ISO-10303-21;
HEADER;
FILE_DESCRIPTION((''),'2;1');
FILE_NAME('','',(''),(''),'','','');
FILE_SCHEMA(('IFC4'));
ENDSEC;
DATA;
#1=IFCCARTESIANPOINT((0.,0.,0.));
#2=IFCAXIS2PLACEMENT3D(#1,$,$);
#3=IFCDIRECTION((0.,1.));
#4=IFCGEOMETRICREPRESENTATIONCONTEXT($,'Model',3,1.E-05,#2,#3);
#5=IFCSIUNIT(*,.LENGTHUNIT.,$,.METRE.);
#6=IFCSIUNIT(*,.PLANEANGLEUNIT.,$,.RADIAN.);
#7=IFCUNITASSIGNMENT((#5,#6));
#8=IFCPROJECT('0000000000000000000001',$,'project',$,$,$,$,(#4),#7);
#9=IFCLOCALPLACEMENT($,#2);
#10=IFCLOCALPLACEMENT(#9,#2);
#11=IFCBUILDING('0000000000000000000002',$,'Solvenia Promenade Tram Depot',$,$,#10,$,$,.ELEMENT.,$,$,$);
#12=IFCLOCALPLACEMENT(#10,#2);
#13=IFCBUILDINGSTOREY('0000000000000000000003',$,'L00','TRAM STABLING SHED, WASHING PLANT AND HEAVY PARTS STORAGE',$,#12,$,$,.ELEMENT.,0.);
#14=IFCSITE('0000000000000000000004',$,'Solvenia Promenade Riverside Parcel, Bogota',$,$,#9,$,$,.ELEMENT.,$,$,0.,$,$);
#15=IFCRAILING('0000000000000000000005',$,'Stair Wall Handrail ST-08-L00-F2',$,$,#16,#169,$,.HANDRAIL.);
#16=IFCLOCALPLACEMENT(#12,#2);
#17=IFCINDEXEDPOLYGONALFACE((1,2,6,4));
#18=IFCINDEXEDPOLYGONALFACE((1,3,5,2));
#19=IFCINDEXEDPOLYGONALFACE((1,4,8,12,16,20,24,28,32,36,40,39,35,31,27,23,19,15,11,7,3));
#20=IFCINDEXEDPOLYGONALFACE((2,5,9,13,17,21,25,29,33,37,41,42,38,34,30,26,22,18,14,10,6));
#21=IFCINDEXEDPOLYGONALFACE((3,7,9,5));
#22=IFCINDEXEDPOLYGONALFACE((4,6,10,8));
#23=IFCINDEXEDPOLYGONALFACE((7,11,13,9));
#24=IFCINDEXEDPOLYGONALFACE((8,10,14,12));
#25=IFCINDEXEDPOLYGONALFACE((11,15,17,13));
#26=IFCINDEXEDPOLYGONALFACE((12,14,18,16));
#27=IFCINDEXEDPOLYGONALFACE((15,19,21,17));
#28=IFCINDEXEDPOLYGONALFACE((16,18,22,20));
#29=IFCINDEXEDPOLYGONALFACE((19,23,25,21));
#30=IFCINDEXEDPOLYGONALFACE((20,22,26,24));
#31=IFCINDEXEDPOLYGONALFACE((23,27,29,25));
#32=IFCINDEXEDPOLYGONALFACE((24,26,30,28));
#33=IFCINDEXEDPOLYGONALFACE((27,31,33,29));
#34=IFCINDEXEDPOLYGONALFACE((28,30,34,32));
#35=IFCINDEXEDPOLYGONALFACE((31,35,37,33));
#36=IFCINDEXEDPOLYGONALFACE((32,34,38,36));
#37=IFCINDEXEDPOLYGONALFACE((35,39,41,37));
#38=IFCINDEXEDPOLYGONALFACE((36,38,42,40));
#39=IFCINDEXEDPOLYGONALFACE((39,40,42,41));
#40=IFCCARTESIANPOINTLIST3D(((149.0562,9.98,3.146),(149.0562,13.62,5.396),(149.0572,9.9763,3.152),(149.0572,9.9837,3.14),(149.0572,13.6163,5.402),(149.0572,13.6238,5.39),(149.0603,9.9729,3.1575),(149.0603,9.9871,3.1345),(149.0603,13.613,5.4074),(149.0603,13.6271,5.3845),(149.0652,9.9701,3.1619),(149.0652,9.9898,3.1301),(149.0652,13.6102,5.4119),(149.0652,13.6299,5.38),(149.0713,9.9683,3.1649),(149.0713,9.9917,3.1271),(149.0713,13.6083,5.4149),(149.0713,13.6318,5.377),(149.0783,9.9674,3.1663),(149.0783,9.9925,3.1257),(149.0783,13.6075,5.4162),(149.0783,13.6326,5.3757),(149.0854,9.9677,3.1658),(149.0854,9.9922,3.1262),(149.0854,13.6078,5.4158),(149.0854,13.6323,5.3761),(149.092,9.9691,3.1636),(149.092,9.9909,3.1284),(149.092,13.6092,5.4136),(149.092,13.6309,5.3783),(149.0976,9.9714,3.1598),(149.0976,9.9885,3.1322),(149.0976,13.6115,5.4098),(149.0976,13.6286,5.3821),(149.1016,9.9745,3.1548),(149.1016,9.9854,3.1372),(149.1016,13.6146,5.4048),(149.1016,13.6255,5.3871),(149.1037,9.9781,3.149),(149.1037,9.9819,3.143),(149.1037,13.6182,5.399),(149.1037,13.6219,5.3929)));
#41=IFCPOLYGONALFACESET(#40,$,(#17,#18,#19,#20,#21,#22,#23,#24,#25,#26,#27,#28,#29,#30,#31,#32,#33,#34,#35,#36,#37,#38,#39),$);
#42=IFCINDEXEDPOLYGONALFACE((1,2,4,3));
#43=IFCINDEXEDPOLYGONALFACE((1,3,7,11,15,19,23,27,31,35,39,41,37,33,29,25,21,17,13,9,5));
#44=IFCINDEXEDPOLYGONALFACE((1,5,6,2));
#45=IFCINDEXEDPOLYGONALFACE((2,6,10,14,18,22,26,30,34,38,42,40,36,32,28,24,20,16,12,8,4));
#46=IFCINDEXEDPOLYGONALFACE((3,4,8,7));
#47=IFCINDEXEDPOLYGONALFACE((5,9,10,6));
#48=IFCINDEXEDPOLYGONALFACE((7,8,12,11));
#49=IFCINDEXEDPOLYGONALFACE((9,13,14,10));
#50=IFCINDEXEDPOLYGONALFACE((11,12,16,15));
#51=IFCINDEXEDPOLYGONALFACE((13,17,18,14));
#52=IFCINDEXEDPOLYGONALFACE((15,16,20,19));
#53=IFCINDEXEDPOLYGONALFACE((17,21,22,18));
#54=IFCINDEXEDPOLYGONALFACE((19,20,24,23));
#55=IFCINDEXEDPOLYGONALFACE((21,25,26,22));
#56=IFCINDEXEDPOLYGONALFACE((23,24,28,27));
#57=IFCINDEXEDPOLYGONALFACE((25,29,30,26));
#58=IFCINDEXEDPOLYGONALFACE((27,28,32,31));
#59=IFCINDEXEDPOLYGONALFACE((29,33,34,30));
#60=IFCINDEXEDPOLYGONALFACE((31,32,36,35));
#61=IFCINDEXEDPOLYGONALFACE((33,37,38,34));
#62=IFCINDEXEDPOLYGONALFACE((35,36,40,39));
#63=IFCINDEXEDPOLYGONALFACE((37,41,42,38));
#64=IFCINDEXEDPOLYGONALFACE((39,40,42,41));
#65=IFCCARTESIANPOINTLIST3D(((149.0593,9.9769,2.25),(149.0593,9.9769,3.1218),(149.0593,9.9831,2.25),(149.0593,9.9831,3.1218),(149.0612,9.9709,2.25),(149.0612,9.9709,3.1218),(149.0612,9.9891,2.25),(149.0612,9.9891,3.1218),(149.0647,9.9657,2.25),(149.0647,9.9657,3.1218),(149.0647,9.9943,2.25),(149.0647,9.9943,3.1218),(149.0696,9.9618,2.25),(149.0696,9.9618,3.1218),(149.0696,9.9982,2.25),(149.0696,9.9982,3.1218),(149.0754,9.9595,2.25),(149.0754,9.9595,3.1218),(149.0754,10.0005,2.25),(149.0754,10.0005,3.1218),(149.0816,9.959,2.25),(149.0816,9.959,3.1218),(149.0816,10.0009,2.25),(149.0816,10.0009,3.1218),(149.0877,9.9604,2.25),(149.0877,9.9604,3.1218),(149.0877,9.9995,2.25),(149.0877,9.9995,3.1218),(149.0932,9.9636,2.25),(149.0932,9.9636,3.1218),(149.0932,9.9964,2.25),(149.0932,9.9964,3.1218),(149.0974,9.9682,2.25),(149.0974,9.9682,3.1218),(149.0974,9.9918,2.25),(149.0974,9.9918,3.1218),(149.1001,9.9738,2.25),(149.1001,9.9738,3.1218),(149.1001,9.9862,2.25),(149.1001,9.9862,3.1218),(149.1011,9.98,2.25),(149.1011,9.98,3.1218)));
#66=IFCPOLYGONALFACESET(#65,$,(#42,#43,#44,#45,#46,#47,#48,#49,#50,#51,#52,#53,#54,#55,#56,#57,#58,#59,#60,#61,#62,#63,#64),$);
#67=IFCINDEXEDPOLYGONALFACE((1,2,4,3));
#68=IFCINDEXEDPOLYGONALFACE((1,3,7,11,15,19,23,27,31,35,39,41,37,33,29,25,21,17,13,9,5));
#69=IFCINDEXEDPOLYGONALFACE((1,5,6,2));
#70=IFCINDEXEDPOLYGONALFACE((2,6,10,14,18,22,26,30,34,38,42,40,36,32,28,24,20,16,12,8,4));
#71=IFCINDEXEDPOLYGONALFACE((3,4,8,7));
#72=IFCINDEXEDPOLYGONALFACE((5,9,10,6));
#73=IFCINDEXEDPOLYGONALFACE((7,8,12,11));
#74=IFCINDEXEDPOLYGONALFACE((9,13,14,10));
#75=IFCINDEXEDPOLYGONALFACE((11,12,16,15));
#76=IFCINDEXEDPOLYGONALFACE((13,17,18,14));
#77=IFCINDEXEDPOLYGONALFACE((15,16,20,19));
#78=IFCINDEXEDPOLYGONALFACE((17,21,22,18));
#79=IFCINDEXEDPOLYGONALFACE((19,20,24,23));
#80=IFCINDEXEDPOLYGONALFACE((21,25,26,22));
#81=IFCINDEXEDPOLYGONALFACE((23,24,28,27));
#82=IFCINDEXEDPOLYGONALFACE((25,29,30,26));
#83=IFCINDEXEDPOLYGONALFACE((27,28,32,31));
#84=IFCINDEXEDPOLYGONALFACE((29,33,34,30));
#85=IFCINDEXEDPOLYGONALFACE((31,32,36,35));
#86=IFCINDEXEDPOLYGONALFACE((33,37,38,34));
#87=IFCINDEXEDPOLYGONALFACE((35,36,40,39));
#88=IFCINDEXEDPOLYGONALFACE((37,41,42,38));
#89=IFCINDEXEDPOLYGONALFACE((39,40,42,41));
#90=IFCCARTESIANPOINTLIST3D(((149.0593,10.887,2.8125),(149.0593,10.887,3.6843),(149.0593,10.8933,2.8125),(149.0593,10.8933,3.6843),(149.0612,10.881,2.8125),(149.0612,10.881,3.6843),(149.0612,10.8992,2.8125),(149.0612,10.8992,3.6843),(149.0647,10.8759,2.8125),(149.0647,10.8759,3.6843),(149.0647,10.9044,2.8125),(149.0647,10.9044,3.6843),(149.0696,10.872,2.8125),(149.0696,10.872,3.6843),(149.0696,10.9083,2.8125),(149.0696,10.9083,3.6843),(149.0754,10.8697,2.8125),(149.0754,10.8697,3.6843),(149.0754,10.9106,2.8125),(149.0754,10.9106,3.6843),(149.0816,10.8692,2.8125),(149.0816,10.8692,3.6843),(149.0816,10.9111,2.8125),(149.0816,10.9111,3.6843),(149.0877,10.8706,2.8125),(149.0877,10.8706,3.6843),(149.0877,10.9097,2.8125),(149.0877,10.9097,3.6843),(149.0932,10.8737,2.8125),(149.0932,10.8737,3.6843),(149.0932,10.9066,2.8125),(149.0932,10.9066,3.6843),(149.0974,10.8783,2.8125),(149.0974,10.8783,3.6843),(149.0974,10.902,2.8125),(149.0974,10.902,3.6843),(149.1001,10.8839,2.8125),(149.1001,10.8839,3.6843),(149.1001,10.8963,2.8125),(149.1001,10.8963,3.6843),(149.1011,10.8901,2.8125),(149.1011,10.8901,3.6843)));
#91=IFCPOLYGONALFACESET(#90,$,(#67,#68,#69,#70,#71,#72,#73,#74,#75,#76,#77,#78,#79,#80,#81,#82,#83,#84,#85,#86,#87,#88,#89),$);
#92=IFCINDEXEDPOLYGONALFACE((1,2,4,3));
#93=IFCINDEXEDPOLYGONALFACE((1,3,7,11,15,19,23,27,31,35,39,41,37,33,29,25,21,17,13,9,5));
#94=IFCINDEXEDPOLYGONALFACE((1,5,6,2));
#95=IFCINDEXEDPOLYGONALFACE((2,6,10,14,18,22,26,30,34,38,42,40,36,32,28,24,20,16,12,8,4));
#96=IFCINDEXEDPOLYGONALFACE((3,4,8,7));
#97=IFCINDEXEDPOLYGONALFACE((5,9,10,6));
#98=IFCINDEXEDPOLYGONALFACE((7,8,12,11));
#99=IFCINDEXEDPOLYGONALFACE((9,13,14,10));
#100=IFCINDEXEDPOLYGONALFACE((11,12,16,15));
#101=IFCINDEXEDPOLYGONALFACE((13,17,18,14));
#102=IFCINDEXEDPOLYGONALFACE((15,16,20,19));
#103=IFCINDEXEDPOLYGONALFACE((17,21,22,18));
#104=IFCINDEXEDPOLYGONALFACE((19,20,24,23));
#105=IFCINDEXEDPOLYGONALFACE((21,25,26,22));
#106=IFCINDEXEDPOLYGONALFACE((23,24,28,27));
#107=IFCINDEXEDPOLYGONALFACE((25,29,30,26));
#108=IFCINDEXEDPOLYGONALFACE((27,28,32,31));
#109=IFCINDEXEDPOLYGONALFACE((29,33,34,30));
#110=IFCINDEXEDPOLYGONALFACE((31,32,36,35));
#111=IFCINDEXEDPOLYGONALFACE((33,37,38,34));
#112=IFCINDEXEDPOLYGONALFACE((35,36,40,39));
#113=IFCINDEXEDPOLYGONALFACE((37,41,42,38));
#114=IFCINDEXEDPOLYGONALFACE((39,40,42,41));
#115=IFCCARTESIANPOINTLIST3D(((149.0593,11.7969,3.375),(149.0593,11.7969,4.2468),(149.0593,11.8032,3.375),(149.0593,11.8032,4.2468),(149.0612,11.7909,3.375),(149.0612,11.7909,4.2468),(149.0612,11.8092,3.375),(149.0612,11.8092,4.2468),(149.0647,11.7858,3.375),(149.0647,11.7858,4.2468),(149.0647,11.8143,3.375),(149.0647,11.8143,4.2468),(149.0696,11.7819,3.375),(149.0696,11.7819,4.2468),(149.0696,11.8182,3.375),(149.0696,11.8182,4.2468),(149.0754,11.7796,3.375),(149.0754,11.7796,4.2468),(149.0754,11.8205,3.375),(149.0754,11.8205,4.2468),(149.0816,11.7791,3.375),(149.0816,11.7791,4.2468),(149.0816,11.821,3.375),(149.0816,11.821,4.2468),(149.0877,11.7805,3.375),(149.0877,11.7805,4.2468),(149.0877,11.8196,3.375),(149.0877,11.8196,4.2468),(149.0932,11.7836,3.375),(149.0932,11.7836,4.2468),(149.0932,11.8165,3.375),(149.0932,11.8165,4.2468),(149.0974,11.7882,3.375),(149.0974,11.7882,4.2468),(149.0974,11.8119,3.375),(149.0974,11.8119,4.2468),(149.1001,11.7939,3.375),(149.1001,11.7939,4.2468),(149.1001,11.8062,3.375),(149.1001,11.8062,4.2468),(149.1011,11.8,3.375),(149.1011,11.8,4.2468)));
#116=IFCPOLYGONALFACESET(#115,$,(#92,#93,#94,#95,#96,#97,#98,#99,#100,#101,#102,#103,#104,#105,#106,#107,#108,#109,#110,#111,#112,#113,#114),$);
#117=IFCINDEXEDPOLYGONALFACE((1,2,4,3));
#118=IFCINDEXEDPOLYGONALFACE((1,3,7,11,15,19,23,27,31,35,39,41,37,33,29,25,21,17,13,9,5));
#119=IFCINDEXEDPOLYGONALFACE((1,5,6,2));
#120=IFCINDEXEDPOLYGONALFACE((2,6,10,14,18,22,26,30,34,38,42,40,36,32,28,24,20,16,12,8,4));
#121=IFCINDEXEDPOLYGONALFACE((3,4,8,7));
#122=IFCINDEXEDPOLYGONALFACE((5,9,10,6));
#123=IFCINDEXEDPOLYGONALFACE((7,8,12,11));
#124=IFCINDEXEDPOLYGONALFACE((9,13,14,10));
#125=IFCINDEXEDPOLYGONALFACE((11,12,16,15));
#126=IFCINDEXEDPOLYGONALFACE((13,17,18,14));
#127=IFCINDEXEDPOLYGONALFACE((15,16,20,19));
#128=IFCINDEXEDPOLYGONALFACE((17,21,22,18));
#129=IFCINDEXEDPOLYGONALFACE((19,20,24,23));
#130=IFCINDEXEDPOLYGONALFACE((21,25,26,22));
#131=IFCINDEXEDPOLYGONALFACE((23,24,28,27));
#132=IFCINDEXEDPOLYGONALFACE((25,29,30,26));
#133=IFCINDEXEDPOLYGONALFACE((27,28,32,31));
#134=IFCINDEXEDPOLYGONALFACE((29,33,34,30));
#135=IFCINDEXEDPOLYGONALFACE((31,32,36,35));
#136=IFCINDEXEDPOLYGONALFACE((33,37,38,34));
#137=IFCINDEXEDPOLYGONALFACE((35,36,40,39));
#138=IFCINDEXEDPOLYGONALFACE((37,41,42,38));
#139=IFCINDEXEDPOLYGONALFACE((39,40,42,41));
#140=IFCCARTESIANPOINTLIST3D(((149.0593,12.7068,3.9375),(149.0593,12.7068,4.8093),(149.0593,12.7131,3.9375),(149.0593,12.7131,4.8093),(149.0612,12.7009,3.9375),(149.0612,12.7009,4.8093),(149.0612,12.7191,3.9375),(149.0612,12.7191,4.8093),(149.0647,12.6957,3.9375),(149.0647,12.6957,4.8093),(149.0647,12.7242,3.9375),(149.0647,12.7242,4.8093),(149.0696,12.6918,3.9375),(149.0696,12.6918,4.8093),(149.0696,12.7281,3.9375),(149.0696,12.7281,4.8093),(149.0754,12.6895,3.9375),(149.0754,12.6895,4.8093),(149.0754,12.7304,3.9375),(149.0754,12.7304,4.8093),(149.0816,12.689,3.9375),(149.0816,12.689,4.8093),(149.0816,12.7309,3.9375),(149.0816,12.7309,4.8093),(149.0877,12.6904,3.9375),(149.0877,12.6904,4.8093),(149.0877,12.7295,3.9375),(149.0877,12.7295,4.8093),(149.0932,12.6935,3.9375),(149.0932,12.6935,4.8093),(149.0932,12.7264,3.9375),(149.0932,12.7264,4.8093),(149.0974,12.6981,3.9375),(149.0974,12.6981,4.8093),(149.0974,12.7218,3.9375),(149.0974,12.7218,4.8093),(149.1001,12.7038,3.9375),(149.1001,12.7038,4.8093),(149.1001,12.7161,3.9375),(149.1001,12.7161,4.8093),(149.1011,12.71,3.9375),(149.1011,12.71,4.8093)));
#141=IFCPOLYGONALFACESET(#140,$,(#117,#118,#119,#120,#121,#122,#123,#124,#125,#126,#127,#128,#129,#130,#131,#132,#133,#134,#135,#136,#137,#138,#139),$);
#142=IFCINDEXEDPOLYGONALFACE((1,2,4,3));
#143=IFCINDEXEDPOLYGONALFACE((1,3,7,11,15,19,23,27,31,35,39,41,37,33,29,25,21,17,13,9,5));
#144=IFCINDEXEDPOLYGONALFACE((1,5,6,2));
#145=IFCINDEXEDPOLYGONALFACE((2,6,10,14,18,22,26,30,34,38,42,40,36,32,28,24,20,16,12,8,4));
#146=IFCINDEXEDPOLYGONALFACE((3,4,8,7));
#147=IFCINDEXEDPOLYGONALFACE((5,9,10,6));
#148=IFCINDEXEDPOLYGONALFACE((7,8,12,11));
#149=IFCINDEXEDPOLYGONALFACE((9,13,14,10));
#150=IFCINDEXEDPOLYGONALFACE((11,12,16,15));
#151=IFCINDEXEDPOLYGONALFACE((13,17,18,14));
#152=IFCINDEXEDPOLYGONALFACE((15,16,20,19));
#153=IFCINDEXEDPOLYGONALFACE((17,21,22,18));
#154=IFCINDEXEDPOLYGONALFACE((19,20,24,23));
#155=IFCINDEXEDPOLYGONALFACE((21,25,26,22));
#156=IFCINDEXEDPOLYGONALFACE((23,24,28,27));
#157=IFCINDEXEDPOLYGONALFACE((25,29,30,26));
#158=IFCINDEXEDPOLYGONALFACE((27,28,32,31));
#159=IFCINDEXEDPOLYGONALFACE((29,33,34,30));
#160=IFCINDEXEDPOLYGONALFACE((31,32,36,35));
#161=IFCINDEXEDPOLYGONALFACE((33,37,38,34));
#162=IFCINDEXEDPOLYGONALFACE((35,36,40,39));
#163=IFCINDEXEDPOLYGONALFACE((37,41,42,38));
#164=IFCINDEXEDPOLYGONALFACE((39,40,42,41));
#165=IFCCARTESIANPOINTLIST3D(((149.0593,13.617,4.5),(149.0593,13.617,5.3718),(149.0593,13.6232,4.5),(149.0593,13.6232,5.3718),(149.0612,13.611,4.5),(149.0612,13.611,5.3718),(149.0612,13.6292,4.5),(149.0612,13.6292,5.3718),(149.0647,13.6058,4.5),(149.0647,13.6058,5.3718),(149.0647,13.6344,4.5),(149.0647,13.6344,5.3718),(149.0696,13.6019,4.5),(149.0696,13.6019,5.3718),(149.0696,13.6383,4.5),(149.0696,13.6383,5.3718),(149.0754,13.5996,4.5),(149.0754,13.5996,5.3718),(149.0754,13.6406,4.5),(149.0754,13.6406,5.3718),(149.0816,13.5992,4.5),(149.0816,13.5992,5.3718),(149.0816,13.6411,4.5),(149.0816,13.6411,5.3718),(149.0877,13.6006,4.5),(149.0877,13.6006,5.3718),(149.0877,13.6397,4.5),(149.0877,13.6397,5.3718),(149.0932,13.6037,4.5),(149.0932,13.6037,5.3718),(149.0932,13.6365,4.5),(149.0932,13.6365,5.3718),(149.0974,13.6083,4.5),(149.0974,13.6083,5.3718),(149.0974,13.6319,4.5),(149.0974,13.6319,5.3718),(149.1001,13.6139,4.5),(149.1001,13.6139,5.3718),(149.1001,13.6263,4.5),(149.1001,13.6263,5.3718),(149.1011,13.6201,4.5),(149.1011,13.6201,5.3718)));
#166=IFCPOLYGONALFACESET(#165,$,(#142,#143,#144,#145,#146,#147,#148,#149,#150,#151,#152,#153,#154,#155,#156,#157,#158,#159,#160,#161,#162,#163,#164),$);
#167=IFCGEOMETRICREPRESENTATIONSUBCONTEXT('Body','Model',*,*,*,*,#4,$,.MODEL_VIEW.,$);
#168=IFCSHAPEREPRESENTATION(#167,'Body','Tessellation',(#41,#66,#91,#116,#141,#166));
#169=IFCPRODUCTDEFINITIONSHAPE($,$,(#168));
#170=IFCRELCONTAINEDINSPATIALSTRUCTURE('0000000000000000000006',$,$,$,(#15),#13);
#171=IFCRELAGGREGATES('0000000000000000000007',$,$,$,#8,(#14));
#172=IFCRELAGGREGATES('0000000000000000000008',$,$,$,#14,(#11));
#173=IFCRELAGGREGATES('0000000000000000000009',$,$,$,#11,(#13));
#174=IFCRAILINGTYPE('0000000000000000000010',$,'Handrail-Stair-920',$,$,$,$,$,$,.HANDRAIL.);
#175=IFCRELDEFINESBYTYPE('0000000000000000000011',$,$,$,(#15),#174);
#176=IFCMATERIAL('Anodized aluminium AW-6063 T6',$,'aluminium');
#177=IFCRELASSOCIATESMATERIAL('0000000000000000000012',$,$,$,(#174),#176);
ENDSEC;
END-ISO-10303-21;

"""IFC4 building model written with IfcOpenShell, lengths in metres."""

from ifc_helpers import new_model, si_unit, direction, frame, origin, origin_2d, place, context, subcontext, project, spatial, circle, extrude, material, type_object, element, save


model = new_model("IFC4")

# Units and contexts
model_context = context("Model", 3, precision=1e-05, world=origin(), true_north=direction((0.0, 1.0)))
body_context = subcontext(model_context, "Body", "Model", "MODEL_VIEW")
ifc_project = project(units=[si_unit("LENGTHUNIT", "METRE"), si_unit("PLANEANGLEUNIT", "RADIAN")], contexts=[model_context])

# Site, building, storey
site_placement = place(None, origin())
site = spatial("IfcSite", under=ifc_project, at=site_placement, Name="Solvenia Promenade Riverside Parcel, Bogota", CompositionType="ELEMENT", RefElevation=0.0)
building_placement = place(site_placement, origin())
building = spatial("IfcBuilding", under=site, at=building_placement, Name="Solvenia Promenade Tram Depot", CompositionType="ELEMENT")
storey_placement = place(building_placement, origin())
storey = spatial("IfcBuildingStorey", under=building, at=storey_placement, Name="L00", Description="TRAM STABLING SHED, WASHING PLANT AND HEAVY PARTS STORAGE", CompositionType="ELEMENT", Elevation=0.0)

# Shared definitions
ifc_material_1 = material(Name="Anodized aluminium AW-6063 T6", Category="aluminium")

# Railing
railing_type = type_object("IfcRailingType", Name="Handrail-Stair-920", PredefinedType="HANDRAIL", material=ifc_material_1)
railing_placement = place(storey_placement, frame((149.0801, 9.98, 2.25)))
element("IfcRailing", 1, at=railing_placement, inside=storey, type_object=railing_type, Name="Stair Wall Handrail ST-08-L00-F2", PredefinedType="HANDRAIL", context=body_context, shape_type="SweptSolid", body=[
    extrude(circle(Radius=0.0239, at=origin_2d()), frame((0.0, 0.0, 0.896), z_axis=(0.0, 0.850622, 0.525777), x_axis=(-1.0, 0.0, 0.0)), (0.0, 0.0, 1.0), 4.2793),
    extrude(circle(Radius=0.021, at=origin_2d()), origin(), (0.0, 0.0, 1.0), 0.8718),
    extrude(circle(Radius=0.021, at=origin_2d()), frame((0.0, 0.9102, 0.5625)), (0.0, 0.0, 1.0), 0.8718),
    extrude(circle(Radius=0.021, at=origin_2d()), frame((0.0, 1.8201, 1.125)), (0.0, 0.0, 1.0), 0.8718),
    extrude(circle(Radius=0.021, at=origin_2d()), frame((0.0, 2.73, 1.6875)), (0.0, 0.0, 1.0), 0.8718),
    extrude(circle(Radius=0.021, at=origin_2d()), frame((0.0, 3.6401, 2.25)), (0.0, 0.0, 1.0), 0.8718),
])

save(model, "model.ifc")
